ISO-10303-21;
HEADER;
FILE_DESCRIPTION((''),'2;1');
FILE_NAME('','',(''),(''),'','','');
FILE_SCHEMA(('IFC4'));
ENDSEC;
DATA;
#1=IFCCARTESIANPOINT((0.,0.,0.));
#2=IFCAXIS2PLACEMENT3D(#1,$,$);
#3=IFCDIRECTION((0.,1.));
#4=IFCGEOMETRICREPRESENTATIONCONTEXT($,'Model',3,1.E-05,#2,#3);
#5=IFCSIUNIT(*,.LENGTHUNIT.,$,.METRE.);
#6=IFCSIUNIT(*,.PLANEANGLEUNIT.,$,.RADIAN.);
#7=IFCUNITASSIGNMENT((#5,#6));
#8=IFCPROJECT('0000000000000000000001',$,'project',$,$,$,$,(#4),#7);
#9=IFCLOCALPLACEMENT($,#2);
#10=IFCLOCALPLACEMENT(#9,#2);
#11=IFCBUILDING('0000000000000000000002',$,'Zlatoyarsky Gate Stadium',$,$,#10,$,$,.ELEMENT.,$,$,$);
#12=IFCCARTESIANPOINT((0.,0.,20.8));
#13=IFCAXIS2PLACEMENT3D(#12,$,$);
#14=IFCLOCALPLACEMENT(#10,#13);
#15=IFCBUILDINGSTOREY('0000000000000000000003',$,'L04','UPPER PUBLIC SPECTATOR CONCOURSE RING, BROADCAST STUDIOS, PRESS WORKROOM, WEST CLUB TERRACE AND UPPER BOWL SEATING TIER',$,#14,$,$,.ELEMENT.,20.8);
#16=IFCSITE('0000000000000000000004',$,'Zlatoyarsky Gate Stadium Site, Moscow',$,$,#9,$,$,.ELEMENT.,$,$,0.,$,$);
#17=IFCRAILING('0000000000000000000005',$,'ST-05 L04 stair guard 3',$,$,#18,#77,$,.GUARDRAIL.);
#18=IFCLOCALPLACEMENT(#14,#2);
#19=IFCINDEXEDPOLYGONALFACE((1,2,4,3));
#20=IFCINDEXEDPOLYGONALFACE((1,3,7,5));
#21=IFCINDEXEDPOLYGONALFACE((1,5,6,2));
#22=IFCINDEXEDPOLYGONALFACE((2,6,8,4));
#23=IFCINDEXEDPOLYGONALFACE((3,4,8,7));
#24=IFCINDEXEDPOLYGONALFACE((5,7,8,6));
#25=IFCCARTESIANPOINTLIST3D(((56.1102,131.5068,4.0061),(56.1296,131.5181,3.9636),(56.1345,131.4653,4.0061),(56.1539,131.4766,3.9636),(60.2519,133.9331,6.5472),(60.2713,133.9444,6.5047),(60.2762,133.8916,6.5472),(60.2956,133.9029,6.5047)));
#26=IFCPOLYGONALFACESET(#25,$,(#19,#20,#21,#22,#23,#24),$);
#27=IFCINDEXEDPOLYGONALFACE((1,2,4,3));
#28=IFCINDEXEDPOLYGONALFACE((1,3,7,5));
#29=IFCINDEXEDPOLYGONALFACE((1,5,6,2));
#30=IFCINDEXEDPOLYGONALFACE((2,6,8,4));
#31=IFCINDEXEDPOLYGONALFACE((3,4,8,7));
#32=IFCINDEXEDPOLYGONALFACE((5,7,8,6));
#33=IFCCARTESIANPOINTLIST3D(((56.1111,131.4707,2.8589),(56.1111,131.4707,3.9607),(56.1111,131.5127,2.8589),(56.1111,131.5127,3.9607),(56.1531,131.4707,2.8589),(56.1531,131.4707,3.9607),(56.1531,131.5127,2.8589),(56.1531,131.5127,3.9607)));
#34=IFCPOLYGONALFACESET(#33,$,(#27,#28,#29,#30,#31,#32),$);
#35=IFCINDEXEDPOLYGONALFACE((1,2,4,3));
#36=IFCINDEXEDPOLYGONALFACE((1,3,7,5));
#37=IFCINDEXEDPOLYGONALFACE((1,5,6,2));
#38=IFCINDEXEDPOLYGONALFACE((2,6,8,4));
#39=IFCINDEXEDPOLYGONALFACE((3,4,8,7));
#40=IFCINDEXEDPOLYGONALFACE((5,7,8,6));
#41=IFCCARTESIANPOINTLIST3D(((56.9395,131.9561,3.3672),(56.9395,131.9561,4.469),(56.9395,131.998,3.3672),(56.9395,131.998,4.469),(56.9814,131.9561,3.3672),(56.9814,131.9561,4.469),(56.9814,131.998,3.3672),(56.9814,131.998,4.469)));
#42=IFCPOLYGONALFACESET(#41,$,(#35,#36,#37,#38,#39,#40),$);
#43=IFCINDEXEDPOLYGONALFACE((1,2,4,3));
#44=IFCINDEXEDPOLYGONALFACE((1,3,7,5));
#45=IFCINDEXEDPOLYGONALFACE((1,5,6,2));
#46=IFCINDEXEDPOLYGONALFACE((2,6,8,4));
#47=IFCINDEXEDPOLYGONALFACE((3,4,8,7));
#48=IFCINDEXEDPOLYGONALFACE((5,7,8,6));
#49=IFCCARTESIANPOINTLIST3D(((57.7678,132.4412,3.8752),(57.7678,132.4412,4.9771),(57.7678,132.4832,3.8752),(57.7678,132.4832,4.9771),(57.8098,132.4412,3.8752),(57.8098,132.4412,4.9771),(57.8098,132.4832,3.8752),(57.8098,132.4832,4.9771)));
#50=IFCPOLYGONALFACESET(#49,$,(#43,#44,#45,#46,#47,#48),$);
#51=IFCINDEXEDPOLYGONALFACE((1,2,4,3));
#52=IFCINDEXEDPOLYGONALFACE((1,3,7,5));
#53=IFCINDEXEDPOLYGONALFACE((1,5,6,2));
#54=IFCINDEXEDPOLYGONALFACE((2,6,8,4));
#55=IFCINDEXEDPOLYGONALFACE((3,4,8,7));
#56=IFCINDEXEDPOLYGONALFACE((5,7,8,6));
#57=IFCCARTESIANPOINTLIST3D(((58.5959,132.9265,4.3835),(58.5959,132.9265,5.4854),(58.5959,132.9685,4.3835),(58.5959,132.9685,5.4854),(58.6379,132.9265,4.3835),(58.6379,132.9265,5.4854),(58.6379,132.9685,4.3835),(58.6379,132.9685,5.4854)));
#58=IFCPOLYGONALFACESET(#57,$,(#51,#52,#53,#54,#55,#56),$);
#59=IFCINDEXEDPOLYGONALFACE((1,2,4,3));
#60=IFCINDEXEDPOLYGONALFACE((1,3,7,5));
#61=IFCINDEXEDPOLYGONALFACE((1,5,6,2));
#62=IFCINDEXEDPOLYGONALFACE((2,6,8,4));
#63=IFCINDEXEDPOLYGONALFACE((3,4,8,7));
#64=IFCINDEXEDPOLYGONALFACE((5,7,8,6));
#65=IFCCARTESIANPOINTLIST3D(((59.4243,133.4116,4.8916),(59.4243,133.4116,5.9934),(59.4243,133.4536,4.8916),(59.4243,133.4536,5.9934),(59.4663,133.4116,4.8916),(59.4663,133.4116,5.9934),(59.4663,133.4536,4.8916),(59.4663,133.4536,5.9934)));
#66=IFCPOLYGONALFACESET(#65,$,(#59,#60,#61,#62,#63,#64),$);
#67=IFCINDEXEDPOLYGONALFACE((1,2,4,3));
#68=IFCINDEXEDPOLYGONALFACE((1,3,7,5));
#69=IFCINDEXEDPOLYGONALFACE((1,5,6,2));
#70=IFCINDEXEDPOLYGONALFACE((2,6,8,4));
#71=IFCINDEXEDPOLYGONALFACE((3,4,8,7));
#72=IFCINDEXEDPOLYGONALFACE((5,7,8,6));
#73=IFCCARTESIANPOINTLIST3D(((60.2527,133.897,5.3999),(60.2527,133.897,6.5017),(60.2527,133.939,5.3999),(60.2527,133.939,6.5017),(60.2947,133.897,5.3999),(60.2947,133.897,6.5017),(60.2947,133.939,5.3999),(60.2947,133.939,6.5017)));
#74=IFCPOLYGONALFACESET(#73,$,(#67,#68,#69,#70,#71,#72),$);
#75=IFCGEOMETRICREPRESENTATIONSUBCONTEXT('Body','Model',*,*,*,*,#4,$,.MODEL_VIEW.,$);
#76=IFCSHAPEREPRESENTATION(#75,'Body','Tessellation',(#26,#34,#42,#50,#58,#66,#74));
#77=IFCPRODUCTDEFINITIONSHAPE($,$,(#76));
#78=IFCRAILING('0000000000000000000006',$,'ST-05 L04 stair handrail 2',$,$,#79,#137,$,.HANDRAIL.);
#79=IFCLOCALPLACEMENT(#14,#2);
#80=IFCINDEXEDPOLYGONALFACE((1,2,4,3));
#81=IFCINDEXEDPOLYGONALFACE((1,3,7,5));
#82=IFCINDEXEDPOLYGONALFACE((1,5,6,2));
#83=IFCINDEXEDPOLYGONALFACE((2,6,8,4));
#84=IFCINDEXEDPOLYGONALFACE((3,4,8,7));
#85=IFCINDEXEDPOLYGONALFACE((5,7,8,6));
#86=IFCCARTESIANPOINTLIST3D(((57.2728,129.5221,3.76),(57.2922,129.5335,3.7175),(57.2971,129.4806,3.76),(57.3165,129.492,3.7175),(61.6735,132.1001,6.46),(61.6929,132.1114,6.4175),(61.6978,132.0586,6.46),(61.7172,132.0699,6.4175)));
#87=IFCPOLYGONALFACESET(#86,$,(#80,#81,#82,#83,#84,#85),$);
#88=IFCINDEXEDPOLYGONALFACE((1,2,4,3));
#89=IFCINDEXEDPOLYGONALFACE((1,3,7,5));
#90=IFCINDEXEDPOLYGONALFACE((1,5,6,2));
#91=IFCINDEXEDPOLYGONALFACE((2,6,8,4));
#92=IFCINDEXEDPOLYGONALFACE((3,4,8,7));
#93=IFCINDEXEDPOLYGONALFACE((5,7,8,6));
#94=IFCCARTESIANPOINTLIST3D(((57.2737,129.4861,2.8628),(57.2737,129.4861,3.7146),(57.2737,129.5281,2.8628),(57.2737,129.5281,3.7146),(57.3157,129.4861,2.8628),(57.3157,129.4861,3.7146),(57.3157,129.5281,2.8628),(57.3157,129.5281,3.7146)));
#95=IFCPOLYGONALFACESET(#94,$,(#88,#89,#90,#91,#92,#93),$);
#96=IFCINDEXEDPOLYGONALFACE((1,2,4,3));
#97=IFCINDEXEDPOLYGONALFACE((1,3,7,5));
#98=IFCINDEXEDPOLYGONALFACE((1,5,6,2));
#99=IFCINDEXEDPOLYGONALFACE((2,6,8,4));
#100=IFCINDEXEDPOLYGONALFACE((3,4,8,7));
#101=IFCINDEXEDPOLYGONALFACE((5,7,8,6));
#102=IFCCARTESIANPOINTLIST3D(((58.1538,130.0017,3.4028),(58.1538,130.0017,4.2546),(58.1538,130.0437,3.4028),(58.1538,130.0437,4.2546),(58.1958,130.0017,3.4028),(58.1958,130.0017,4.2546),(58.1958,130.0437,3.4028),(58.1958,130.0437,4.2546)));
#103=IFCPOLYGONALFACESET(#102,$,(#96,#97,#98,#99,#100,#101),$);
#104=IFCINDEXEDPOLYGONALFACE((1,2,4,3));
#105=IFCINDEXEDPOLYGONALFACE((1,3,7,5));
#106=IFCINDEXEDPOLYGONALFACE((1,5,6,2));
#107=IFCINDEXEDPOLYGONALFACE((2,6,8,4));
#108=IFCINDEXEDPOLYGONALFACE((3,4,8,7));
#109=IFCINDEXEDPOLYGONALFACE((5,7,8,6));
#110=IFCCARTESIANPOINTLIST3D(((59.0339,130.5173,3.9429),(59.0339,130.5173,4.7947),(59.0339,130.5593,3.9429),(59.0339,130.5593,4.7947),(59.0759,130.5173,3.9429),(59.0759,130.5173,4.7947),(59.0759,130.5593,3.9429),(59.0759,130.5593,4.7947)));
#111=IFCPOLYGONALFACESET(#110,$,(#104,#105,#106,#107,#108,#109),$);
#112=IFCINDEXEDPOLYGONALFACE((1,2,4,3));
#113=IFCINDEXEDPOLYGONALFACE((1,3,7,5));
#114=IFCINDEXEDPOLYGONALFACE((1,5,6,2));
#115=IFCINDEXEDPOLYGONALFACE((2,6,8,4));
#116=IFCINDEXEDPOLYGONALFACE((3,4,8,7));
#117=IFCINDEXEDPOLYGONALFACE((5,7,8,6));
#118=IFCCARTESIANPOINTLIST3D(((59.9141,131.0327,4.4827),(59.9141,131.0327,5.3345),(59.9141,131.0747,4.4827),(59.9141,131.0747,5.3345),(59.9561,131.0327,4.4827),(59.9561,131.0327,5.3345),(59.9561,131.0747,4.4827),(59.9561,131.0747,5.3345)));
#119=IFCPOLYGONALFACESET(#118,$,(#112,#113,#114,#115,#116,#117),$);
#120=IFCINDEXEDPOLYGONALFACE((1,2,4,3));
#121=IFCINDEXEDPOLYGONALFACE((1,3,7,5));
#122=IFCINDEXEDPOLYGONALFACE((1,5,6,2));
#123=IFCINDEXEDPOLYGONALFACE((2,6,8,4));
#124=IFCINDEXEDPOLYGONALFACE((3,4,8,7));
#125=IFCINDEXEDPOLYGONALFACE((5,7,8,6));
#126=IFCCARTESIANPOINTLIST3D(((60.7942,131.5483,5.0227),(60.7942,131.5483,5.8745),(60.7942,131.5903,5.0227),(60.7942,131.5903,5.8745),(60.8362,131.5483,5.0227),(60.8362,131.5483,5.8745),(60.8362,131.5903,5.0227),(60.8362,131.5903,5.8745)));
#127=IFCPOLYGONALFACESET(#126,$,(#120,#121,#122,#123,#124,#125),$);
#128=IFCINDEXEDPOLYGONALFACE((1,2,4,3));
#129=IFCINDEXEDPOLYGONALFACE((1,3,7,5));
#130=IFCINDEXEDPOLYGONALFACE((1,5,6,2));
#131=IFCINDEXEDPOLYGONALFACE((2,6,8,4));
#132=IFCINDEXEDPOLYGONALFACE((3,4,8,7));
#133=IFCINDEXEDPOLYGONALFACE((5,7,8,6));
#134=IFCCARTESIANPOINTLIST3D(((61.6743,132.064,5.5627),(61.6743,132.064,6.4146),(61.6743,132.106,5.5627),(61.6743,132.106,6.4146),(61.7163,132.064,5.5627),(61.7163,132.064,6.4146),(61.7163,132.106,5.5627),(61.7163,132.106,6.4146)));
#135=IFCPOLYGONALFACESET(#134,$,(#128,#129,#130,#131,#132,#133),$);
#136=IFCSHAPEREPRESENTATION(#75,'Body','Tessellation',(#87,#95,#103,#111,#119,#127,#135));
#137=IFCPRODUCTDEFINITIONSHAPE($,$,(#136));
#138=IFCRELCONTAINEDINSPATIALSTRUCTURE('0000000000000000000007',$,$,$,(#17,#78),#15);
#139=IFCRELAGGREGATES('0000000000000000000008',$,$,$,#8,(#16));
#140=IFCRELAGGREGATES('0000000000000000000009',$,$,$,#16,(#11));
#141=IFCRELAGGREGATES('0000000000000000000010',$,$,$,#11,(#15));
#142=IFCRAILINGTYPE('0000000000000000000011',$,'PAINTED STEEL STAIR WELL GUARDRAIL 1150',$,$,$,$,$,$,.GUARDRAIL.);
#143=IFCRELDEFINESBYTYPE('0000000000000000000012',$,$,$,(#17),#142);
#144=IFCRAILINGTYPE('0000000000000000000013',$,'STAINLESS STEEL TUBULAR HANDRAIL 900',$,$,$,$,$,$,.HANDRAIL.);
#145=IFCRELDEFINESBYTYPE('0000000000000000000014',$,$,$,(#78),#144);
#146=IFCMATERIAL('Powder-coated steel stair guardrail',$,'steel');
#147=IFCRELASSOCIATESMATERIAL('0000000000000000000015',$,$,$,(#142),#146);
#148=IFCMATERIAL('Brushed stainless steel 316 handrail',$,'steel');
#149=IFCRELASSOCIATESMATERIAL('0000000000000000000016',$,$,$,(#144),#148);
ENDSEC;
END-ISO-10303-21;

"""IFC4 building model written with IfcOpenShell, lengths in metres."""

from ifc_helpers import new_model, si_unit, direction, frame, origin, origin_2d, place, context, subcontext, project, spatial, rectangle, extrude, material, type_object, element, save


model = new_model("IFC4")

# Units and contexts
model_context = context("Model", 3, precision=1e-05, world=origin(), true_north=direction((0.0, 1.0)))
body_context = subcontext(model_context, "Body", "Model", "MODEL_VIEW")
ifc_project = project(units=[si_unit("LENGTHUNIT", "METRE"), si_unit("PLANEANGLEUNIT", "RADIAN")], contexts=[model_context])

# Site, building, storey
site_placement = place(None, origin())
site = spatial("IfcSite", under=ifc_project, at=site_placement, Name="Zlatoyarsky Gate Stadium Site, Moscow", CompositionType="ELEMENT", RefElevation=0.0)
building_placement = place(site_placement, origin())
building = spatial("IfcBuilding", under=site, at=building_placement, Name="Zlatoyarsky Gate Stadium", CompositionType="ELEMENT")
storey_placement = place(building_placement, frame((0.0, 0.0, 20.8)))
storey = spatial("IfcBuildingStorey", under=building, at=storey_placement, Name="L04", Description="UPPER PUBLIC SPECTATOR CONCOURSE RING, BROADCAST STUDIOS, PRESS WORKROOM, WEST CLUB TERRACE AND UPPER BOWL SEATING TIER", CompositionType="ELEMENT", Elevation=20.8)

# Railings
ifc_material_1 = material(Name="Powder-coated steel stair guardrail", Category="steel")
railing_type_1 = type_object("IfcRailingType", Name="PAINTED STEEL STAIR WELL GUARDRAIL 1150", PredefinedType="GUARDRAIL", material=ifc_material_1)
railing_1_placement = place(storey_placement, frame((56.1321, 131.4917, 2.8589)))
element("IfcRailing", 1, at=railing_1_placement, inside=storey, type_object=railing_type_1, Name="ST-05 L04 stair guard 3", PredefinedType="GUARDRAIL", context=body_context, shape_type="SweptSolid", body=[
    extrude(rectangle(XDim=0.0481, YDim=0.0481, at=origin_2d()), frame((0.0, 0.0, 1.126), z_axis=(0.762577, 0.44674, 0.467867), x_axis=(-0.505477, 0.86284, 0.0)), (0.0, 0.0, 1.0), 5.4312),
    extrude(rectangle(XDim=0.042, YDim=0.042, at=origin_2d()), origin(), (0.0, 0.0, 1.0), 1.1018),
    extrude(rectangle(XDim=0.042, YDim=0.042, at=origin_2d()), frame((0.8284, 0.4854, 0.5083)), (0.0, 0.0, 1.0), 1.1018),
    extrude(rectangle(XDim=0.042, YDim=0.042, at=origin_2d()), frame((1.6567, 0.9705, 1.0164)), (0.0, 0.0, 1.0), 1.1018),
    extrude(rectangle(XDim=0.042, YDim=0.042, at=origin_2d()), frame((2.4849, 1.4558, 1.5247)), (0.0, 0.0, 1.0), 1.1018),
    extrude(rectangle(XDim=0.042, YDim=0.042, at=origin_2d()), frame((3.3132, 1.9409, 2.0327)), (0.0, 0.0, 1.0), 1.1018),
    extrude(rectangle(XDim=0.042, YDim=0.042, at=origin_2d()), frame((4.1416, 2.4263, 2.541)), (0.0, 0.0, 1.0), 1.1018),
])
ifc_material_2 = material(Name="Brushed stainless steel 316 handrail", Category="steel")
railing_type_2 = type_object("IfcRailingType", Name="STAINLESS STEEL TUBULAR HANDRAIL 900", PredefinedType="HANDRAIL", material=ifc_material_2)
railing_2_placement = place(storey_placement, frame((57.2947, 129.5071, 2.8628)))
element("IfcRailing", 2, at=railing_2_placement, inside=storey, type_object=railing_type_2, Name="ST-05 L04 stair handrail 2", PredefinedType="HANDRAIL", context=body_context, shape_type="SweptSolid", body=[
    extrude(rectangle(XDim=0.0481, YDim=0.0481, at=origin_2d()), frame((0.0, 0.0, 0.876), z_axis=(0.762585, 0.44672, 0.467874), x_axis=(-0.505457, 0.862852, 0.0)), (0.0, 0.0, 1.0), 5.7708),
    extrude(rectangle(XDim=0.042, YDim=0.042, at=origin_2d()), origin(), (0.0, 0.0, 1.0), 0.8518),
    extrude(rectangle(XDim=0.042, YDim=0.042, at=origin_2d()), frame((0.8801, 0.5156, 0.54)), (0.0, 0.0, 1.0), 0.8518),
    extrude(rectangle(XDim=0.042, YDim=0.042, at=origin_2d()), frame((1.7603, 1.0312, 1.0801)), (0.0, 0.0, 1.0), 0.8518),
    extrude(rectangle(XDim=0.042, YDim=0.042, at=origin_2d()), frame((2.6404, 1.5466, 1.6199)), (0.0, 0.0, 1.0), 0.8518),
    extrude(rectangle(XDim=0.042, YDim=0.042, at=origin_2d()), frame((3.5205, 2.0623, 2.1599)), (0.0, 0.0, 1.0), 0.8518),
    extrude(rectangle(XDim=0.042, YDim=0.042, at=origin_2d()), frame((4.4006, 2.5779, 2.7)), (0.0, 0.0, 1.0), 0.8518),
])

save(model, "model.ifc")
